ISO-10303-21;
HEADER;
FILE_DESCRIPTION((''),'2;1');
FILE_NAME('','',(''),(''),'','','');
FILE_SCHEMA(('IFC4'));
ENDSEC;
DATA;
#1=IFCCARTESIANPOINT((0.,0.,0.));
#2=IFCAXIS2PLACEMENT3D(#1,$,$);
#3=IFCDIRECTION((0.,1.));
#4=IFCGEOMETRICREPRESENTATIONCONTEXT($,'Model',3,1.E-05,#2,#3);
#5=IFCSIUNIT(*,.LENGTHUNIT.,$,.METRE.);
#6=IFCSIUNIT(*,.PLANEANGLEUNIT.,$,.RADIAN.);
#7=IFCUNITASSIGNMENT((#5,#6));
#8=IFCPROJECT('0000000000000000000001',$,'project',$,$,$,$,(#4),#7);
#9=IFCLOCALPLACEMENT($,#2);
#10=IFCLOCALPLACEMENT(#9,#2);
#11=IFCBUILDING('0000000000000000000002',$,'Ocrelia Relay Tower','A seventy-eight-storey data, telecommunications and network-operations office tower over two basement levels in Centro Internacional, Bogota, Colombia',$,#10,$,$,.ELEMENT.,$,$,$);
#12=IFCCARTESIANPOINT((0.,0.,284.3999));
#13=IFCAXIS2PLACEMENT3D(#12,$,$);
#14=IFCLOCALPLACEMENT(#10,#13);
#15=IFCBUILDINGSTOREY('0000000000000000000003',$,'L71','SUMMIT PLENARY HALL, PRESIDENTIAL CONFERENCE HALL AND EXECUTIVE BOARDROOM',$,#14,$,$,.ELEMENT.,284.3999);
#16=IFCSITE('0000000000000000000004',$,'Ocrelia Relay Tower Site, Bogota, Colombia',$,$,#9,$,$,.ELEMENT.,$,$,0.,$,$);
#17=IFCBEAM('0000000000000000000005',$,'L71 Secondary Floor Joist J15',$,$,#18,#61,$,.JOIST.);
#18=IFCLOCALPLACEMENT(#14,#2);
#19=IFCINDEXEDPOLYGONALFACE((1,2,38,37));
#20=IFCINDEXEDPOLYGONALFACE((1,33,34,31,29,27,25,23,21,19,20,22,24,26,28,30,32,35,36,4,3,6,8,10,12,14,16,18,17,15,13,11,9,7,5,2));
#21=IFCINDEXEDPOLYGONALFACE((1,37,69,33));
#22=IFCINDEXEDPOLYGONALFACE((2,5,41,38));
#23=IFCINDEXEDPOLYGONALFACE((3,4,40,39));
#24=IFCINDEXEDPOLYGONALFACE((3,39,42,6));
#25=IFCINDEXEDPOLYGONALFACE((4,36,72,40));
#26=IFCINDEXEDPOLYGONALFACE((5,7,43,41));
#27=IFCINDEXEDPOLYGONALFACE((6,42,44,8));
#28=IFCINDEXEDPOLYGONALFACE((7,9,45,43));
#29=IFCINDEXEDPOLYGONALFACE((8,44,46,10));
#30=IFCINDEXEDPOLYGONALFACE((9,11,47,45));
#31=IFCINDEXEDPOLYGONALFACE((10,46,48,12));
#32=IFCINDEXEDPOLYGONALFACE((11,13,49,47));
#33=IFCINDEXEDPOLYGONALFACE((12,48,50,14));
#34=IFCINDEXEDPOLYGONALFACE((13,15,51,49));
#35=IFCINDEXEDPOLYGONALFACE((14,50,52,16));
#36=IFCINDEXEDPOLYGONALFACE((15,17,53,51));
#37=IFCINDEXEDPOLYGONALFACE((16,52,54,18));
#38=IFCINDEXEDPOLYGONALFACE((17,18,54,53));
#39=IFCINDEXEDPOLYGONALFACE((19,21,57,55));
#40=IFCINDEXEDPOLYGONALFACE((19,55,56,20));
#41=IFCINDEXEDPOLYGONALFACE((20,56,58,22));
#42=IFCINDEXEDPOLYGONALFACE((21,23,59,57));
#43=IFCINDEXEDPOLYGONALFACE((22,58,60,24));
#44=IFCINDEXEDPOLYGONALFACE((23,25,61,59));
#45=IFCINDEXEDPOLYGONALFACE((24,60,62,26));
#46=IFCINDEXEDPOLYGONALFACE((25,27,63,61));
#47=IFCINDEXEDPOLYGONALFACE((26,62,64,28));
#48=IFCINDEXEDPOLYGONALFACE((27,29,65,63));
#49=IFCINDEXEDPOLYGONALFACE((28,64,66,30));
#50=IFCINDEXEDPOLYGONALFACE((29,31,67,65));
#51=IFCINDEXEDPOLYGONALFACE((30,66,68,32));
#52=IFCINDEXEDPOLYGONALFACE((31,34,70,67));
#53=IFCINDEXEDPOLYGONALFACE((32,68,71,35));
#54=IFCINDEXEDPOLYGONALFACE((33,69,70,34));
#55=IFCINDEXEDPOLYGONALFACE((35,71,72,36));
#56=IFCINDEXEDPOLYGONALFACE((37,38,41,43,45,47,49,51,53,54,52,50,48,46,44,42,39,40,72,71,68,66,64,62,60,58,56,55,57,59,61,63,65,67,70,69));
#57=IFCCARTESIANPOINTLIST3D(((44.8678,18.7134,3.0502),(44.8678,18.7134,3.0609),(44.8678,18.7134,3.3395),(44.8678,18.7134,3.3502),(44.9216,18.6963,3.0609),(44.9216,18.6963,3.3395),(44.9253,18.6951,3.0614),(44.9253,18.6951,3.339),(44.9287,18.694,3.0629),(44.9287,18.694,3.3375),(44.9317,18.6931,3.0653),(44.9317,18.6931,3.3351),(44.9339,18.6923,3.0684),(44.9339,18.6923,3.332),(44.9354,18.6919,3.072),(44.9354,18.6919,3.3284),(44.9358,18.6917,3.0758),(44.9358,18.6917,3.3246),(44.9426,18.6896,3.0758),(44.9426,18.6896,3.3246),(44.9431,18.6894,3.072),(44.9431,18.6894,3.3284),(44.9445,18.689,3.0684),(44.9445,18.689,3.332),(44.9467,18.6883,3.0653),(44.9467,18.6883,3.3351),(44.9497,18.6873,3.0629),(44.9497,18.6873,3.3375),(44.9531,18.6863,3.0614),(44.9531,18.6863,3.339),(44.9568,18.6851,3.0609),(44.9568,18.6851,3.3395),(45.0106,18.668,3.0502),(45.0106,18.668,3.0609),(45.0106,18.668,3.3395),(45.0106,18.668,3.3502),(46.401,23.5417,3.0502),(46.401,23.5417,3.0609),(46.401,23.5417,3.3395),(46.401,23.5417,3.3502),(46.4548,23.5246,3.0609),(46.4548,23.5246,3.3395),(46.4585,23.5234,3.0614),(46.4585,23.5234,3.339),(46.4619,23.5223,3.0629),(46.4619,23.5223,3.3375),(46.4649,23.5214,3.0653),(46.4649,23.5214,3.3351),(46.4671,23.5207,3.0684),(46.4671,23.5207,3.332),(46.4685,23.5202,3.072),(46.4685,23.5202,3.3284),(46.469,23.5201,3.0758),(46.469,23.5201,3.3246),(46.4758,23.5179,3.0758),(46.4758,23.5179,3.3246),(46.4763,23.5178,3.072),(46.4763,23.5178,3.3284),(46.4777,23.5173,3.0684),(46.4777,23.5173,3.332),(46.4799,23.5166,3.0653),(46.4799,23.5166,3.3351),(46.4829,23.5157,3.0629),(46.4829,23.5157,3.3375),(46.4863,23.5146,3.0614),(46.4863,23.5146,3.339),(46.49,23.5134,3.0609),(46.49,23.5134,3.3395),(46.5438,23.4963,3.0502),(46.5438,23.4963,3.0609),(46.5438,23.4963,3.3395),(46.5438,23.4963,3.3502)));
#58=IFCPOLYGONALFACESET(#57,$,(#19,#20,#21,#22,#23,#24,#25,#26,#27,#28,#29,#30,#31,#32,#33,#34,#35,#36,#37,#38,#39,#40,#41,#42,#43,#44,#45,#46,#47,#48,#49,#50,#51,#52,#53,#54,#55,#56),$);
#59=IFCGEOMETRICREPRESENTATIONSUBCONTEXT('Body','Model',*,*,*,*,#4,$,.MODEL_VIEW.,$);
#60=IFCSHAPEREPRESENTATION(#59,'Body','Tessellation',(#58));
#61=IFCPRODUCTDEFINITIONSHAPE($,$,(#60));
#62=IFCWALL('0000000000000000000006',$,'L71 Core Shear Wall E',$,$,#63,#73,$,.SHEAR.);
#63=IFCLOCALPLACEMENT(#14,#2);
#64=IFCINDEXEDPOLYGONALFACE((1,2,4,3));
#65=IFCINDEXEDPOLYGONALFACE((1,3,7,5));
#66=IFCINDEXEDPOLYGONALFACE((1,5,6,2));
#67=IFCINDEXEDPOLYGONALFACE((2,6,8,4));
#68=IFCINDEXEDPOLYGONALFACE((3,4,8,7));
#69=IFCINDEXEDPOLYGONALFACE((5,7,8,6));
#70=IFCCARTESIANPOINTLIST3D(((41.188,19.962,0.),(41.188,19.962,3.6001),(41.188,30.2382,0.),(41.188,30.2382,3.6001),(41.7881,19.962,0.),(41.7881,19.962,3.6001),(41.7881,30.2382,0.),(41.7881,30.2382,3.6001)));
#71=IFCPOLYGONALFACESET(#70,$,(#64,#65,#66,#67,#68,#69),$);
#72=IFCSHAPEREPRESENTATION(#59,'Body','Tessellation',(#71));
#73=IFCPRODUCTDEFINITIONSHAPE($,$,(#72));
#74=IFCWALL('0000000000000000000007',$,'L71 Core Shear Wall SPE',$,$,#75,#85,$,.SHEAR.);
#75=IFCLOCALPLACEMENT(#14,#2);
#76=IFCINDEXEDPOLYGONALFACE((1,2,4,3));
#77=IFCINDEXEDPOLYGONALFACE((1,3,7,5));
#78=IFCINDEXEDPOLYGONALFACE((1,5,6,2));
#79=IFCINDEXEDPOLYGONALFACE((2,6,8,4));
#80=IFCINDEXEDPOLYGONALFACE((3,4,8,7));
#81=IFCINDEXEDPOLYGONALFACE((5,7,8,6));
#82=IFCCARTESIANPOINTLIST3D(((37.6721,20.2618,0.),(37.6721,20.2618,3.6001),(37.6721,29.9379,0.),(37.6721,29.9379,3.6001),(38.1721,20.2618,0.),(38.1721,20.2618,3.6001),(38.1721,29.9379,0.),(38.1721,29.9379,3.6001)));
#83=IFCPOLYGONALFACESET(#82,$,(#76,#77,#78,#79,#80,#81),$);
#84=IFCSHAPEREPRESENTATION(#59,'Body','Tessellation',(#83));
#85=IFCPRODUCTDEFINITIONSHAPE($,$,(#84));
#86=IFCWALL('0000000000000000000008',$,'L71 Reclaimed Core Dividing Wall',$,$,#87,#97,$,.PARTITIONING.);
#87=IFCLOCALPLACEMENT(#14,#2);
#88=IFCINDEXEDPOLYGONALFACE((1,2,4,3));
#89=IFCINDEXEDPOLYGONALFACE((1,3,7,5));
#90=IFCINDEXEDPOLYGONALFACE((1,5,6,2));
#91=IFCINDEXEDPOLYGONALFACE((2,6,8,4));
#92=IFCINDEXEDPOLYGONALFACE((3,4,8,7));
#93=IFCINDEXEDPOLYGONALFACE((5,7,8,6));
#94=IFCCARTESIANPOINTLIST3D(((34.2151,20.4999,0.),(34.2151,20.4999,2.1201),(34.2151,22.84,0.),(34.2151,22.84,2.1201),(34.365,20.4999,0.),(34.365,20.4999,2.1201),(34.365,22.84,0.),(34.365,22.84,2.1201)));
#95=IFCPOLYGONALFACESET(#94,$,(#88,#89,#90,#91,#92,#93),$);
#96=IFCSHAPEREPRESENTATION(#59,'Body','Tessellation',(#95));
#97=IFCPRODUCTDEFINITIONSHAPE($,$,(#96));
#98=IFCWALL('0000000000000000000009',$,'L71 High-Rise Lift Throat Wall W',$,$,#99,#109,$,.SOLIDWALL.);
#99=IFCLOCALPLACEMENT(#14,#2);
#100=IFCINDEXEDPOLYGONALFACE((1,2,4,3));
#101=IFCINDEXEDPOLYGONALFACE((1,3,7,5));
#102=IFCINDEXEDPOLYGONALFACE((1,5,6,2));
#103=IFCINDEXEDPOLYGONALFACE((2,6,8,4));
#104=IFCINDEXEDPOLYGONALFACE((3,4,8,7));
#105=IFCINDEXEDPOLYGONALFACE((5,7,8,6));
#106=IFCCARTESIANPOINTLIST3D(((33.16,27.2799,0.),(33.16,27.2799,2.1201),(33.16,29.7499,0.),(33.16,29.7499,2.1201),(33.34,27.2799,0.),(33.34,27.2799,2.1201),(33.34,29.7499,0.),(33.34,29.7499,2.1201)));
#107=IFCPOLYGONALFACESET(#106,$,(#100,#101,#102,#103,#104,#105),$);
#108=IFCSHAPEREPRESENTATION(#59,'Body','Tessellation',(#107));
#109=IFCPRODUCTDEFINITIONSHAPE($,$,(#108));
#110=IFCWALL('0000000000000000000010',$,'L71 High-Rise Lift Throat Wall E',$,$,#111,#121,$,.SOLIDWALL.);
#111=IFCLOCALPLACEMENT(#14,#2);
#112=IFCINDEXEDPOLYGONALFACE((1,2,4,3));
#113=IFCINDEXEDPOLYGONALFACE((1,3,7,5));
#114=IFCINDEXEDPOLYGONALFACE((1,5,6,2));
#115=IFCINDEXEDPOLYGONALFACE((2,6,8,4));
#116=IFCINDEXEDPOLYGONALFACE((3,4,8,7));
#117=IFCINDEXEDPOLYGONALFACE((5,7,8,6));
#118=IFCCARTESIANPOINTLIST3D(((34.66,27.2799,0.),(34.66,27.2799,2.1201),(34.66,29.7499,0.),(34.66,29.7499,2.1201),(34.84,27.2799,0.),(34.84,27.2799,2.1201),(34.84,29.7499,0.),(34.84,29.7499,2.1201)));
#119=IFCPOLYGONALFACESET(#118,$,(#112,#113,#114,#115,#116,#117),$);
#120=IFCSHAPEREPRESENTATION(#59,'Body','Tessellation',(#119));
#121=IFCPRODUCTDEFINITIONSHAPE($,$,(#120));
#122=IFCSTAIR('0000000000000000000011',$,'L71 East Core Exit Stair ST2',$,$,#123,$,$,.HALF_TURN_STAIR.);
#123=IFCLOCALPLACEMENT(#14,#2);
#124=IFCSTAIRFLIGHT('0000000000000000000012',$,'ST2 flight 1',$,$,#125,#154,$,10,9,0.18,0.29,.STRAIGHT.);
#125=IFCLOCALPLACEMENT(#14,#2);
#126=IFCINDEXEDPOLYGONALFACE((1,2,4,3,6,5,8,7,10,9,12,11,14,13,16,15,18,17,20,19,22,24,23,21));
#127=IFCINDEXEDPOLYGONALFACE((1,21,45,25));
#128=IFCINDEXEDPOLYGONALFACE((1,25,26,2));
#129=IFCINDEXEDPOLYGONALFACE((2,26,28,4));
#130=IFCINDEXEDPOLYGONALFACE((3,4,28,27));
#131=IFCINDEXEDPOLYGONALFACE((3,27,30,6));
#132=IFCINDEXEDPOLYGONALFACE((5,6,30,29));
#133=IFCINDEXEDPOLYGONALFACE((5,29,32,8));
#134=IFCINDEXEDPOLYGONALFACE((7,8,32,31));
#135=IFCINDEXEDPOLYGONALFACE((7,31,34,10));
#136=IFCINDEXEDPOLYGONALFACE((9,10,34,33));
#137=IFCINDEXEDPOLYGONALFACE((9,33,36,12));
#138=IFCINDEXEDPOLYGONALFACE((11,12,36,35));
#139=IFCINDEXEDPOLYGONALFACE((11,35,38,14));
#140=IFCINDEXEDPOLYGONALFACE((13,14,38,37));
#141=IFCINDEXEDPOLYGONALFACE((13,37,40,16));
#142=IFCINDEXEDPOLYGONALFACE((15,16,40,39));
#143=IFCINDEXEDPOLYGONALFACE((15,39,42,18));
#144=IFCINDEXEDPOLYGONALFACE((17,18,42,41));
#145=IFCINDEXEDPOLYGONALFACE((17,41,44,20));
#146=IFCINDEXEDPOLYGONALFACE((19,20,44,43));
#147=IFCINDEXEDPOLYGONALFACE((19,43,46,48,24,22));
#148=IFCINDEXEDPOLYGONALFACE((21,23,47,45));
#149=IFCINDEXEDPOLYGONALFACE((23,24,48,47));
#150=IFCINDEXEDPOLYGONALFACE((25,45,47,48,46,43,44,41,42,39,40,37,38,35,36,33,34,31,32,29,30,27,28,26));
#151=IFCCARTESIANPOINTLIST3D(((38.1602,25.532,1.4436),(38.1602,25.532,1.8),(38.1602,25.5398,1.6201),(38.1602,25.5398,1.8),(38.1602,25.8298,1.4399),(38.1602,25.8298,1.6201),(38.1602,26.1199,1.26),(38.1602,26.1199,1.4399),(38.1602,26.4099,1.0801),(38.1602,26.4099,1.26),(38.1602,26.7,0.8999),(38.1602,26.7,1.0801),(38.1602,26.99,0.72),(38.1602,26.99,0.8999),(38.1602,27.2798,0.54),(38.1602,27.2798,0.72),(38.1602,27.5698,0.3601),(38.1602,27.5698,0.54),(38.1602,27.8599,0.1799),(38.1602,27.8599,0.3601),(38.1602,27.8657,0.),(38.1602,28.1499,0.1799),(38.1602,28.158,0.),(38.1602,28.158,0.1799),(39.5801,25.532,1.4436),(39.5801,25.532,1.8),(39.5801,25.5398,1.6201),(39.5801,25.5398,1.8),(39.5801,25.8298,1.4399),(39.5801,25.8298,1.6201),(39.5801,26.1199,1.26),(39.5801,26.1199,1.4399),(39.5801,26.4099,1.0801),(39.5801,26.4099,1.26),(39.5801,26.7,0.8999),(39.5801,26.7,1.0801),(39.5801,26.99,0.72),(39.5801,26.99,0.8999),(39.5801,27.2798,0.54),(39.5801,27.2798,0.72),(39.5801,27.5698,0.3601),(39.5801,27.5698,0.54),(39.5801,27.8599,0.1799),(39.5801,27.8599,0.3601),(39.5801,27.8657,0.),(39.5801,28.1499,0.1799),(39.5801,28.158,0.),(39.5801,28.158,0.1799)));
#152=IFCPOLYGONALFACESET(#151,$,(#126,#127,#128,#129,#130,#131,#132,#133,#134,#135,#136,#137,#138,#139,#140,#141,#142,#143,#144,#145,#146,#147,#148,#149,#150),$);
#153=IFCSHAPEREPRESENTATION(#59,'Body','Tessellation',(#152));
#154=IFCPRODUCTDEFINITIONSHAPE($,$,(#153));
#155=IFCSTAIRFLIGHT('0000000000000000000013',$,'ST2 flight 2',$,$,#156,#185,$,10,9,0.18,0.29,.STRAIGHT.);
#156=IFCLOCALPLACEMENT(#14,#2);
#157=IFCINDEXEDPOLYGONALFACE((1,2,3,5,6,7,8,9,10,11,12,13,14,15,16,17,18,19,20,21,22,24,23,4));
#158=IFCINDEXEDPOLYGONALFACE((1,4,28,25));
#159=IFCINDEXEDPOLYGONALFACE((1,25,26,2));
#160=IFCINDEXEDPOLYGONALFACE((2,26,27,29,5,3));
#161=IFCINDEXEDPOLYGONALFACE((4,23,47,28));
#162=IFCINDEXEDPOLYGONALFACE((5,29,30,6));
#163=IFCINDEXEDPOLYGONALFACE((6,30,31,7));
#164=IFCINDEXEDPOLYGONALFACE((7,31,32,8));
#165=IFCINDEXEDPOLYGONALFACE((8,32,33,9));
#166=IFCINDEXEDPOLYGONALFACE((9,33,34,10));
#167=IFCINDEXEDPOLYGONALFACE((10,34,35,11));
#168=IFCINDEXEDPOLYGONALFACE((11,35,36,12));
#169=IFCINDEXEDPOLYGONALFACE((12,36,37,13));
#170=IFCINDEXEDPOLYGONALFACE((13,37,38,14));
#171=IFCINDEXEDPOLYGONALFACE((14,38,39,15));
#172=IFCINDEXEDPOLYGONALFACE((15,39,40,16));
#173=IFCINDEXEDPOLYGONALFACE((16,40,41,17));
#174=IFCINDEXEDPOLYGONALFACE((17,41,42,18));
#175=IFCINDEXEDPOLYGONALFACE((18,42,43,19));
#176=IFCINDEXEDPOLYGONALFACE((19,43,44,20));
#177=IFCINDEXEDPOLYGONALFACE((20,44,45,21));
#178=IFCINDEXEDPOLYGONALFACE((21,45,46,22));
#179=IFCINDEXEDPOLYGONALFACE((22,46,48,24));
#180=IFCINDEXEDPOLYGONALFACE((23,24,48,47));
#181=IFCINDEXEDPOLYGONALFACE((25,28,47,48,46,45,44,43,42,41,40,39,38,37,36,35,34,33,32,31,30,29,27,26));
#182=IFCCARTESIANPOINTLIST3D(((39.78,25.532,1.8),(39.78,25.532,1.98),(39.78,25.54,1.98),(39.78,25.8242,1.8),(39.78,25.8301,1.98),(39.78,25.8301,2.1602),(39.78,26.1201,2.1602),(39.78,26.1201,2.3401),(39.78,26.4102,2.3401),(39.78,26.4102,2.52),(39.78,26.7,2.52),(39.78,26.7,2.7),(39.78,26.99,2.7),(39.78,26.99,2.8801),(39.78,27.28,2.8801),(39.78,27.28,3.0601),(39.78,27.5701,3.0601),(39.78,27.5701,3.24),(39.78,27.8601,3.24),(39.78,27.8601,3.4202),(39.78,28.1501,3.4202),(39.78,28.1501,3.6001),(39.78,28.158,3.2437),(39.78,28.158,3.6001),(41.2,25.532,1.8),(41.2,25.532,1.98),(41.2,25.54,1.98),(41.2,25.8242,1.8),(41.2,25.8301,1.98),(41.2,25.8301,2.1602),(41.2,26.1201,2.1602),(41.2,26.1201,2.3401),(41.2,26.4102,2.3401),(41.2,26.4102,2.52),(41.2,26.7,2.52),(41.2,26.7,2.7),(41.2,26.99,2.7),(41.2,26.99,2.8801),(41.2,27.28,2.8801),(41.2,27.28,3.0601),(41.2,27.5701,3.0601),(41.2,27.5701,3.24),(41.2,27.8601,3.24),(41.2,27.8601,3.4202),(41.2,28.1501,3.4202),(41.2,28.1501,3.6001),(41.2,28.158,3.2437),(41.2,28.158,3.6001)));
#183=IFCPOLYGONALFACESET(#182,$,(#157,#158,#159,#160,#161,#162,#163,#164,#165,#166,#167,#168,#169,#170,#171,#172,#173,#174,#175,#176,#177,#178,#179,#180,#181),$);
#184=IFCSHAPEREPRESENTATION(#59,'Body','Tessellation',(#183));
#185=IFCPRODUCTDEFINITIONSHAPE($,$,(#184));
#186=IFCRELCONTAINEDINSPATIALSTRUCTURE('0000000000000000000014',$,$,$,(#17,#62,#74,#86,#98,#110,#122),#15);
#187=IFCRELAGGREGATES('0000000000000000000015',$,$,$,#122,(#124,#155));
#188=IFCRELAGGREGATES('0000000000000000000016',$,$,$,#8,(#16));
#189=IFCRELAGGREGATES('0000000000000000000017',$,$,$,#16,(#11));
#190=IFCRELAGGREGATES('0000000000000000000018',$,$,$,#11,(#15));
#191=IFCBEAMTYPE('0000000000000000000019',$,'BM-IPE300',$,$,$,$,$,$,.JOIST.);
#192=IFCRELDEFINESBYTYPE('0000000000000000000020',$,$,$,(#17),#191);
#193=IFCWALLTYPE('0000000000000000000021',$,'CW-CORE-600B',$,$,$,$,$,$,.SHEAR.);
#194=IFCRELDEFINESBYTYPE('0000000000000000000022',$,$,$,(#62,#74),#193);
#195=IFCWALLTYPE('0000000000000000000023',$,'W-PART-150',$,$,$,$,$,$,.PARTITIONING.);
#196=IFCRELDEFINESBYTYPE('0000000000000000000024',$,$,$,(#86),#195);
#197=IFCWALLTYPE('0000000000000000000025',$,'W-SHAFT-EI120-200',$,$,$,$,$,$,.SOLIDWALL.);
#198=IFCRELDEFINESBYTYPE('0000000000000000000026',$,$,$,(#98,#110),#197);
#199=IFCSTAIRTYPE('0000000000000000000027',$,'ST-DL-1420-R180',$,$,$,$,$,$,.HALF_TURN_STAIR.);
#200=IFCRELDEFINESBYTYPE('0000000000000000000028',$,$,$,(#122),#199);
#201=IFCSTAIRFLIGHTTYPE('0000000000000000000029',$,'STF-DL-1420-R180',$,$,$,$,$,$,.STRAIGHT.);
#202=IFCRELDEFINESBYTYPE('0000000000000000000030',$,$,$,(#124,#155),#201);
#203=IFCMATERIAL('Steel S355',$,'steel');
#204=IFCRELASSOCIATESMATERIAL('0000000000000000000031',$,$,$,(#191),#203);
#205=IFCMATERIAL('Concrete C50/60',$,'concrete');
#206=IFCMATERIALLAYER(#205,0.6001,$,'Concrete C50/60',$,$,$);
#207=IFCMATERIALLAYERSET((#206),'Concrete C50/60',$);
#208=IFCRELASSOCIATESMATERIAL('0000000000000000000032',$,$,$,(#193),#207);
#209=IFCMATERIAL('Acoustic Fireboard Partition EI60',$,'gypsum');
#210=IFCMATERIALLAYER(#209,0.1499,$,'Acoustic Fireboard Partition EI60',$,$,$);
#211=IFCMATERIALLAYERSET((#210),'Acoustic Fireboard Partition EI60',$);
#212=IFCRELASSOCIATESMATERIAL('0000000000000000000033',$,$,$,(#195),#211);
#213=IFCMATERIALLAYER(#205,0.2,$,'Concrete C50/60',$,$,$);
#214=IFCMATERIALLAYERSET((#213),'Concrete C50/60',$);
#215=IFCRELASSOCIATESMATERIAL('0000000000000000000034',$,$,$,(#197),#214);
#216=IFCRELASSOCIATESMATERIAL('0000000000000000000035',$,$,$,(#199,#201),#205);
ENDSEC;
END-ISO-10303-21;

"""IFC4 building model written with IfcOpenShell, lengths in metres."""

from ifc_helpers import new_model, si_unit, direction, frame, frame_2d, origin, origin_2d, place, context, subcontext, project, spatial, polyline, rectangle, i_section, outline, extrude, material, layer, layer_set, material_profile, profile_set, type_object, element, aggregate, save


model = new_model("IFC4")

# Units and contexts
model_context = context("Model", 3, precision=1e-05, world=origin(), true_north=direction((0.0, 1.0)))
body_context = subcontext(model_context, "Body", "Model", "MODEL_VIEW")
ifc_project = project(units=[si_unit("LENGTHUNIT", "METRE"), si_unit("PLANEANGLEUNIT", "RADIAN")], contexts=[model_context])

# Site, building, storey
site_placement = place(None, origin())
site = spatial("IfcSite", under=ifc_project, at=site_placement, Name="Ocrelia Relay Tower Site, Bogota, Colombia", CompositionType="ELEMENT", RefElevation=0.0)
building_placement = place(site_placement, origin())
building = spatial("IfcBuilding", under=site, at=building_placement, Name="Ocrelia Relay Tower", Description="A seventy-eight-storey data, telecommunications and network-operations office tower over two basement levels in Centro Internacional, Bogota, Colombia", CompositionType="ELEMENT")
storey_placement = place(building_placement, frame((0.0, 0.0, 284.3999)))
storey = spatial("IfcBuildingStorey", under=building, at=storey_placement, Name="L71", Description="SUMMIT PLENARY HALL, PRESIDENTIAL CONFERENCE HALL AND EXECUTIVE BOARDROOM", CompositionType="ELEMENT", Elevation=284.3999)

# Beam
ifc_material_1 = material(Name="Steel S355", Category="steel")
ifc_material_profile_1 = material_profile(ifc_material_1, i_section(OverallWidth=0.1499, OverallDepth=0.3, WebThickness=0.0071, FlangeThickness=0.0107, FilletRadius=0.0149, at=origin_2d()), Name="IPE 300")
ifc_profile_set_1 = profile_set([ifc_material_profile_1], Name="Steel S355")
beam_type_1 = type_object("IfcBeamType", Name="BM-IPE300", PredefinedType="JOIST", material=ifc_profile_set_1)
beam_1_placement = place(storey_placement, frame((44.9392, 18.6907, 3.2002), z_axis=(0.302649, 0.953102, 0.0), x_axis=(-0.953102, 0.302649, 0.0)))
element("IfcBeam", 1, at=beam_1_placement, inside=storey, type_object=beam_type_1, Name="L71 Secondary Floor Joist J15", PredefinedType="JOIST", context=body_context, shape_type="SweptSolid", body=[
    extrude(i_section(OverallWidth=0.1499, OverallDepth=0.3, WebThickness=0.0071, FlangeThickness=0.0107, FilletRadius=0.0149, at=origin_2d()), origin(), (0.0, 0.0, 1.0), 5.0659),
])

# Walls
ifc_material_2 = material(Name="Concrete C50/60", Category="concrete")
ifc_layer_1 = layer(ifc_material_2, 0.6001, Name="Concrete C50/60")
ifc_layer_set_1 = layer_set([ifc_layer_1], Name="Concrete C50/60")
wall_type_1 = type_object("IfcWallType", Name="CW-CORE-600B", PredefinedType="SHEAR", material=ifc_layer_set_1)
wall_1_placement = place(storey_placement, frame((41.488, 19.9619, 0.0), z_axis=(0.0, 0.0, 1.0), x_axis=(0.0, 1.0, 0.0)))
element("IfcWall", 2, at=wall_1_placement, inside=storey, type_object=wall_type_1, Name="L71 Core Shear Wall E", PredefinedType="SHEAR", context=body_context, shape_type="SweptSolid", body=[
    extrude(rectangle(XDim=10.2761, YDim=0.6001, at=frame_2d((5.1382, 0.0))), origin(), (0.0, 0.0, 1.0), 3.6001),
])
wall_2_placement = place(storey_placement, frame((37.9221, 20.262, 0.0), z_axis=(0.0, 0.0, 1.0), x_axis=(0.0, 1.0, 0.0)))
element("IfcWall", 3, at=wall_2_placement, inside=storey, type_object=wall_type_1, Name="L71 Core Shear Wall SPE", PredefinedType="SHEAR", context=body_context, shape_type="SweptSolid", body=[
    extrude(rectangle(XDim=9.676, YDim=0.5, at=frame_2d((4.8379, 0.0))), origin(), (0.0, 0.0, 1.0), 3.6001),
])
ifc_material_3 = material(Name="Acoustic Fireboard Partition EI60", Category="gypsum")
ifc_layer_2 = layer(ifc_material_3, 0.1499, Name="Acoustic Fireboard Partition EI60")
ifc_layer_set_2 = layer_set([ifc_layer_2], Name="Acoustic Fireboard Partition EI60")
wall_type_2 = type_object("IfcWallType", Name="W-PART-150", PredefinedType="PARTITIONING", material=ifc_layer_set_2)
wall_3_placement = place(storey_placement, frame((34.29, 20.5, 0.0), z_axis=(0.0, 0.0, 1.0), x_axis=(0.0, 1.0, 0.0)))
element("IfcWall", 4, at=wall_3_placement, inside=storey, type_object=wall_type_2, Name="L71 Reclaimed Core Dividing Wall", PredefinedType="PARTITIONING", context=body_context, shape_type="SweptSolid", body=[
    extrude(rectangle(XDim=2.3401, YDim=0.1499, at=frame_2d((1.1699, 0.0))), origin(), (0.0, 0.0, 1.0), 2.1201),
])
ifc_layer_3 = layer(ifc_material_2, 0.2, Name="Concrete C50/60")
ifc_layer_set_3 = layer_set([ifc_layer_3], Name="Concrete C50/60")
wall_type_3 = type_object("IfcWallType", Name="W-SHAFT-EI120-200", PredefinedType="SOLIDWALL", material=ifc_layer_set_3)
wall_4_placement = place(storey_placement, frame((33.25, 27.28, 0.0), z_axis=(0.0, 0.0, 1.0), x_axis=(0.0, 1.0, 0.0)))
element("IfcWall", 5, at=wall_4_placement, inside=storey, type_object=wall_type_3, Name="L71 High-Rise Lift Throat Wall W", PredefinedType="SOLIDWALL", context=body_context, shape_type="SweptSolid", body=[
    extrude(rectangle(XDim=2.47, YDim=0.1799, at=frame_2d((1.2349, 0.0))), origin(), (0.0, 0.0, 1.0), 2.1201),
])

# Wall
wall_5_placement = place(storey_placement, frame((34.75, 27.28, 0.0), z_axis=(0.0, 0.0, 1.0), x_axis=(0.0, 1.0, 0.0)))
element("IfcWall", 6, at=wall_5_placement, inside=storey, type_object=wall_type_3, Name="L71 High-Rise Lift Throat Wall E", PredefinedType="SOLIDWALL", context=body_context, shape_type="SweptSolid", body=[
    extrude(rectangle(XDim=2.47, YDim=0.1799, at=frame_2d((1.2349, 0.0))), origin(), (0.0, 0.0, 1.0), 2.1201),
])

# Stair, stair flights
stair_type = type_object("IfcStairType", Name="ST-DL-1420-R180", PredefinedType="HALF_TURN_STAIR", material=ifc_material_2)
stair_placement = place(storey_placement, origin())
stair = element("IfcStair", 7, at=stair_placement, inside=storey, type_object=stair_type, Name="L71 East Core Exit Stair ST2", PredefinedType="HALF_TURN_STAIR")
stair_flight_type = type_object("IfcStairFlightType", Name="STF-DL-1420-R180", PredefinedType="STRAIGHT", material=ifc_material_2)
stair_flight_1_placement = place(storey_placement, frame((38.8701, 28.1499, 0.0), z_axis=(0.0, 0.0, 1.0), x_axis=(0.0, -1.0, 0.0)))
stair_flight_1 = element("IfcStairFlight", 8, at=stair_flight_1_placement, type_object=stair_flight_type, Name="ST2 flight 1", NumberOfRisers=10, NumberOfTreads=9, PredefinedType="STRAIGHT", RiserHeight=0.18, TreadLength=0.29, context=body_context, shape_type="SweptSolid", body=[
    extrude(outline(polyline([(-0.0081, 0.0), (-0.0081, 0.1799), (0.0, 0.1799), (0.29, 0.1799), (0.29, 0.3601), (0.5801, 0.3601), (0.5801, 0.54), (0.8701, 0.54), (0.8701, 0.72), (1.1599, 0.72), (1.1599, 0.8999), (1.45, 0.8999), (1.45, 1.0801), (1.74, 1.0801), (1.74, 1.26), (2.03, 1.26), (2.03, 1.4399), (2.3201, 1.4399), (2.3201, 1.6201), (2.6101, 1.6201), (2.6101, 1.8), (2.6179, 1.8), (2.6179, 1.4436), (0.2842, 0.0), (-0.0081, 0.0)])), frame((0.0, 0.71, 0.0), z_axis=(0.0, -1.0, 0.0), x_axis=(1.0, 0.0, 0.0)), (0.0, 0.0, 1.0), 1.4199),
])
stair_flight_2_placement = place(storey_placement, frame((40.49, 25.54, 1.8), z_axis=(0.0, 0.0, 1.0), x_axis=(0.0, 1.0, 0.0)))
stair_flight_2 = element("IfcStairFlight", 9, at=stair_flight_2_placement, type_object=stair_flight_type, Name="ST2 flight 2", NumberOfRisers=10, NumberOfTreads=9, PredefinedType="STRAIGHT", RiserHeight=0.18, TreadLength=0.29, context=body_context, shape_type="SweptSolid", body=[
    extrude(outline(polyline([(-0.0081, 0.0), (-0.0081, 0.1799), (0.0, 0.1799), (0.29, 0.1799), (0.29, 0.3601), (0.5801, 0.3601), (0.5801, 0.54), (0.8701, 0.54), (0.8701, 0.72), (1.1599, 0.72), (1.1599, 0.8999), (1.45, 0.8999), (1.45, 1.0801), (1.74, 1.0801), (1.74, 1.26), (2.03, 1.26), (2.03, 1.4399), (2.3201, 1.4399), (2.3201, 1.6201), (2.6101, 1.6201), (2.6101, 1.8), (2.6179, 1.8), (2.6179, 1.4436), (0.2842, 0.0), (-0.0081, 0.0)])), frame((0.0, 0.71, 0.0), z_axis=(0.0, -1.0, 0.0), x_axis=(1.0, 0.0, 0.0)), (0.0, 0.0, 1.0), 1.4199),
])
aggregate(stair, [stair_flight_1, stair_flight_2])

save(model, "model.ifc")
